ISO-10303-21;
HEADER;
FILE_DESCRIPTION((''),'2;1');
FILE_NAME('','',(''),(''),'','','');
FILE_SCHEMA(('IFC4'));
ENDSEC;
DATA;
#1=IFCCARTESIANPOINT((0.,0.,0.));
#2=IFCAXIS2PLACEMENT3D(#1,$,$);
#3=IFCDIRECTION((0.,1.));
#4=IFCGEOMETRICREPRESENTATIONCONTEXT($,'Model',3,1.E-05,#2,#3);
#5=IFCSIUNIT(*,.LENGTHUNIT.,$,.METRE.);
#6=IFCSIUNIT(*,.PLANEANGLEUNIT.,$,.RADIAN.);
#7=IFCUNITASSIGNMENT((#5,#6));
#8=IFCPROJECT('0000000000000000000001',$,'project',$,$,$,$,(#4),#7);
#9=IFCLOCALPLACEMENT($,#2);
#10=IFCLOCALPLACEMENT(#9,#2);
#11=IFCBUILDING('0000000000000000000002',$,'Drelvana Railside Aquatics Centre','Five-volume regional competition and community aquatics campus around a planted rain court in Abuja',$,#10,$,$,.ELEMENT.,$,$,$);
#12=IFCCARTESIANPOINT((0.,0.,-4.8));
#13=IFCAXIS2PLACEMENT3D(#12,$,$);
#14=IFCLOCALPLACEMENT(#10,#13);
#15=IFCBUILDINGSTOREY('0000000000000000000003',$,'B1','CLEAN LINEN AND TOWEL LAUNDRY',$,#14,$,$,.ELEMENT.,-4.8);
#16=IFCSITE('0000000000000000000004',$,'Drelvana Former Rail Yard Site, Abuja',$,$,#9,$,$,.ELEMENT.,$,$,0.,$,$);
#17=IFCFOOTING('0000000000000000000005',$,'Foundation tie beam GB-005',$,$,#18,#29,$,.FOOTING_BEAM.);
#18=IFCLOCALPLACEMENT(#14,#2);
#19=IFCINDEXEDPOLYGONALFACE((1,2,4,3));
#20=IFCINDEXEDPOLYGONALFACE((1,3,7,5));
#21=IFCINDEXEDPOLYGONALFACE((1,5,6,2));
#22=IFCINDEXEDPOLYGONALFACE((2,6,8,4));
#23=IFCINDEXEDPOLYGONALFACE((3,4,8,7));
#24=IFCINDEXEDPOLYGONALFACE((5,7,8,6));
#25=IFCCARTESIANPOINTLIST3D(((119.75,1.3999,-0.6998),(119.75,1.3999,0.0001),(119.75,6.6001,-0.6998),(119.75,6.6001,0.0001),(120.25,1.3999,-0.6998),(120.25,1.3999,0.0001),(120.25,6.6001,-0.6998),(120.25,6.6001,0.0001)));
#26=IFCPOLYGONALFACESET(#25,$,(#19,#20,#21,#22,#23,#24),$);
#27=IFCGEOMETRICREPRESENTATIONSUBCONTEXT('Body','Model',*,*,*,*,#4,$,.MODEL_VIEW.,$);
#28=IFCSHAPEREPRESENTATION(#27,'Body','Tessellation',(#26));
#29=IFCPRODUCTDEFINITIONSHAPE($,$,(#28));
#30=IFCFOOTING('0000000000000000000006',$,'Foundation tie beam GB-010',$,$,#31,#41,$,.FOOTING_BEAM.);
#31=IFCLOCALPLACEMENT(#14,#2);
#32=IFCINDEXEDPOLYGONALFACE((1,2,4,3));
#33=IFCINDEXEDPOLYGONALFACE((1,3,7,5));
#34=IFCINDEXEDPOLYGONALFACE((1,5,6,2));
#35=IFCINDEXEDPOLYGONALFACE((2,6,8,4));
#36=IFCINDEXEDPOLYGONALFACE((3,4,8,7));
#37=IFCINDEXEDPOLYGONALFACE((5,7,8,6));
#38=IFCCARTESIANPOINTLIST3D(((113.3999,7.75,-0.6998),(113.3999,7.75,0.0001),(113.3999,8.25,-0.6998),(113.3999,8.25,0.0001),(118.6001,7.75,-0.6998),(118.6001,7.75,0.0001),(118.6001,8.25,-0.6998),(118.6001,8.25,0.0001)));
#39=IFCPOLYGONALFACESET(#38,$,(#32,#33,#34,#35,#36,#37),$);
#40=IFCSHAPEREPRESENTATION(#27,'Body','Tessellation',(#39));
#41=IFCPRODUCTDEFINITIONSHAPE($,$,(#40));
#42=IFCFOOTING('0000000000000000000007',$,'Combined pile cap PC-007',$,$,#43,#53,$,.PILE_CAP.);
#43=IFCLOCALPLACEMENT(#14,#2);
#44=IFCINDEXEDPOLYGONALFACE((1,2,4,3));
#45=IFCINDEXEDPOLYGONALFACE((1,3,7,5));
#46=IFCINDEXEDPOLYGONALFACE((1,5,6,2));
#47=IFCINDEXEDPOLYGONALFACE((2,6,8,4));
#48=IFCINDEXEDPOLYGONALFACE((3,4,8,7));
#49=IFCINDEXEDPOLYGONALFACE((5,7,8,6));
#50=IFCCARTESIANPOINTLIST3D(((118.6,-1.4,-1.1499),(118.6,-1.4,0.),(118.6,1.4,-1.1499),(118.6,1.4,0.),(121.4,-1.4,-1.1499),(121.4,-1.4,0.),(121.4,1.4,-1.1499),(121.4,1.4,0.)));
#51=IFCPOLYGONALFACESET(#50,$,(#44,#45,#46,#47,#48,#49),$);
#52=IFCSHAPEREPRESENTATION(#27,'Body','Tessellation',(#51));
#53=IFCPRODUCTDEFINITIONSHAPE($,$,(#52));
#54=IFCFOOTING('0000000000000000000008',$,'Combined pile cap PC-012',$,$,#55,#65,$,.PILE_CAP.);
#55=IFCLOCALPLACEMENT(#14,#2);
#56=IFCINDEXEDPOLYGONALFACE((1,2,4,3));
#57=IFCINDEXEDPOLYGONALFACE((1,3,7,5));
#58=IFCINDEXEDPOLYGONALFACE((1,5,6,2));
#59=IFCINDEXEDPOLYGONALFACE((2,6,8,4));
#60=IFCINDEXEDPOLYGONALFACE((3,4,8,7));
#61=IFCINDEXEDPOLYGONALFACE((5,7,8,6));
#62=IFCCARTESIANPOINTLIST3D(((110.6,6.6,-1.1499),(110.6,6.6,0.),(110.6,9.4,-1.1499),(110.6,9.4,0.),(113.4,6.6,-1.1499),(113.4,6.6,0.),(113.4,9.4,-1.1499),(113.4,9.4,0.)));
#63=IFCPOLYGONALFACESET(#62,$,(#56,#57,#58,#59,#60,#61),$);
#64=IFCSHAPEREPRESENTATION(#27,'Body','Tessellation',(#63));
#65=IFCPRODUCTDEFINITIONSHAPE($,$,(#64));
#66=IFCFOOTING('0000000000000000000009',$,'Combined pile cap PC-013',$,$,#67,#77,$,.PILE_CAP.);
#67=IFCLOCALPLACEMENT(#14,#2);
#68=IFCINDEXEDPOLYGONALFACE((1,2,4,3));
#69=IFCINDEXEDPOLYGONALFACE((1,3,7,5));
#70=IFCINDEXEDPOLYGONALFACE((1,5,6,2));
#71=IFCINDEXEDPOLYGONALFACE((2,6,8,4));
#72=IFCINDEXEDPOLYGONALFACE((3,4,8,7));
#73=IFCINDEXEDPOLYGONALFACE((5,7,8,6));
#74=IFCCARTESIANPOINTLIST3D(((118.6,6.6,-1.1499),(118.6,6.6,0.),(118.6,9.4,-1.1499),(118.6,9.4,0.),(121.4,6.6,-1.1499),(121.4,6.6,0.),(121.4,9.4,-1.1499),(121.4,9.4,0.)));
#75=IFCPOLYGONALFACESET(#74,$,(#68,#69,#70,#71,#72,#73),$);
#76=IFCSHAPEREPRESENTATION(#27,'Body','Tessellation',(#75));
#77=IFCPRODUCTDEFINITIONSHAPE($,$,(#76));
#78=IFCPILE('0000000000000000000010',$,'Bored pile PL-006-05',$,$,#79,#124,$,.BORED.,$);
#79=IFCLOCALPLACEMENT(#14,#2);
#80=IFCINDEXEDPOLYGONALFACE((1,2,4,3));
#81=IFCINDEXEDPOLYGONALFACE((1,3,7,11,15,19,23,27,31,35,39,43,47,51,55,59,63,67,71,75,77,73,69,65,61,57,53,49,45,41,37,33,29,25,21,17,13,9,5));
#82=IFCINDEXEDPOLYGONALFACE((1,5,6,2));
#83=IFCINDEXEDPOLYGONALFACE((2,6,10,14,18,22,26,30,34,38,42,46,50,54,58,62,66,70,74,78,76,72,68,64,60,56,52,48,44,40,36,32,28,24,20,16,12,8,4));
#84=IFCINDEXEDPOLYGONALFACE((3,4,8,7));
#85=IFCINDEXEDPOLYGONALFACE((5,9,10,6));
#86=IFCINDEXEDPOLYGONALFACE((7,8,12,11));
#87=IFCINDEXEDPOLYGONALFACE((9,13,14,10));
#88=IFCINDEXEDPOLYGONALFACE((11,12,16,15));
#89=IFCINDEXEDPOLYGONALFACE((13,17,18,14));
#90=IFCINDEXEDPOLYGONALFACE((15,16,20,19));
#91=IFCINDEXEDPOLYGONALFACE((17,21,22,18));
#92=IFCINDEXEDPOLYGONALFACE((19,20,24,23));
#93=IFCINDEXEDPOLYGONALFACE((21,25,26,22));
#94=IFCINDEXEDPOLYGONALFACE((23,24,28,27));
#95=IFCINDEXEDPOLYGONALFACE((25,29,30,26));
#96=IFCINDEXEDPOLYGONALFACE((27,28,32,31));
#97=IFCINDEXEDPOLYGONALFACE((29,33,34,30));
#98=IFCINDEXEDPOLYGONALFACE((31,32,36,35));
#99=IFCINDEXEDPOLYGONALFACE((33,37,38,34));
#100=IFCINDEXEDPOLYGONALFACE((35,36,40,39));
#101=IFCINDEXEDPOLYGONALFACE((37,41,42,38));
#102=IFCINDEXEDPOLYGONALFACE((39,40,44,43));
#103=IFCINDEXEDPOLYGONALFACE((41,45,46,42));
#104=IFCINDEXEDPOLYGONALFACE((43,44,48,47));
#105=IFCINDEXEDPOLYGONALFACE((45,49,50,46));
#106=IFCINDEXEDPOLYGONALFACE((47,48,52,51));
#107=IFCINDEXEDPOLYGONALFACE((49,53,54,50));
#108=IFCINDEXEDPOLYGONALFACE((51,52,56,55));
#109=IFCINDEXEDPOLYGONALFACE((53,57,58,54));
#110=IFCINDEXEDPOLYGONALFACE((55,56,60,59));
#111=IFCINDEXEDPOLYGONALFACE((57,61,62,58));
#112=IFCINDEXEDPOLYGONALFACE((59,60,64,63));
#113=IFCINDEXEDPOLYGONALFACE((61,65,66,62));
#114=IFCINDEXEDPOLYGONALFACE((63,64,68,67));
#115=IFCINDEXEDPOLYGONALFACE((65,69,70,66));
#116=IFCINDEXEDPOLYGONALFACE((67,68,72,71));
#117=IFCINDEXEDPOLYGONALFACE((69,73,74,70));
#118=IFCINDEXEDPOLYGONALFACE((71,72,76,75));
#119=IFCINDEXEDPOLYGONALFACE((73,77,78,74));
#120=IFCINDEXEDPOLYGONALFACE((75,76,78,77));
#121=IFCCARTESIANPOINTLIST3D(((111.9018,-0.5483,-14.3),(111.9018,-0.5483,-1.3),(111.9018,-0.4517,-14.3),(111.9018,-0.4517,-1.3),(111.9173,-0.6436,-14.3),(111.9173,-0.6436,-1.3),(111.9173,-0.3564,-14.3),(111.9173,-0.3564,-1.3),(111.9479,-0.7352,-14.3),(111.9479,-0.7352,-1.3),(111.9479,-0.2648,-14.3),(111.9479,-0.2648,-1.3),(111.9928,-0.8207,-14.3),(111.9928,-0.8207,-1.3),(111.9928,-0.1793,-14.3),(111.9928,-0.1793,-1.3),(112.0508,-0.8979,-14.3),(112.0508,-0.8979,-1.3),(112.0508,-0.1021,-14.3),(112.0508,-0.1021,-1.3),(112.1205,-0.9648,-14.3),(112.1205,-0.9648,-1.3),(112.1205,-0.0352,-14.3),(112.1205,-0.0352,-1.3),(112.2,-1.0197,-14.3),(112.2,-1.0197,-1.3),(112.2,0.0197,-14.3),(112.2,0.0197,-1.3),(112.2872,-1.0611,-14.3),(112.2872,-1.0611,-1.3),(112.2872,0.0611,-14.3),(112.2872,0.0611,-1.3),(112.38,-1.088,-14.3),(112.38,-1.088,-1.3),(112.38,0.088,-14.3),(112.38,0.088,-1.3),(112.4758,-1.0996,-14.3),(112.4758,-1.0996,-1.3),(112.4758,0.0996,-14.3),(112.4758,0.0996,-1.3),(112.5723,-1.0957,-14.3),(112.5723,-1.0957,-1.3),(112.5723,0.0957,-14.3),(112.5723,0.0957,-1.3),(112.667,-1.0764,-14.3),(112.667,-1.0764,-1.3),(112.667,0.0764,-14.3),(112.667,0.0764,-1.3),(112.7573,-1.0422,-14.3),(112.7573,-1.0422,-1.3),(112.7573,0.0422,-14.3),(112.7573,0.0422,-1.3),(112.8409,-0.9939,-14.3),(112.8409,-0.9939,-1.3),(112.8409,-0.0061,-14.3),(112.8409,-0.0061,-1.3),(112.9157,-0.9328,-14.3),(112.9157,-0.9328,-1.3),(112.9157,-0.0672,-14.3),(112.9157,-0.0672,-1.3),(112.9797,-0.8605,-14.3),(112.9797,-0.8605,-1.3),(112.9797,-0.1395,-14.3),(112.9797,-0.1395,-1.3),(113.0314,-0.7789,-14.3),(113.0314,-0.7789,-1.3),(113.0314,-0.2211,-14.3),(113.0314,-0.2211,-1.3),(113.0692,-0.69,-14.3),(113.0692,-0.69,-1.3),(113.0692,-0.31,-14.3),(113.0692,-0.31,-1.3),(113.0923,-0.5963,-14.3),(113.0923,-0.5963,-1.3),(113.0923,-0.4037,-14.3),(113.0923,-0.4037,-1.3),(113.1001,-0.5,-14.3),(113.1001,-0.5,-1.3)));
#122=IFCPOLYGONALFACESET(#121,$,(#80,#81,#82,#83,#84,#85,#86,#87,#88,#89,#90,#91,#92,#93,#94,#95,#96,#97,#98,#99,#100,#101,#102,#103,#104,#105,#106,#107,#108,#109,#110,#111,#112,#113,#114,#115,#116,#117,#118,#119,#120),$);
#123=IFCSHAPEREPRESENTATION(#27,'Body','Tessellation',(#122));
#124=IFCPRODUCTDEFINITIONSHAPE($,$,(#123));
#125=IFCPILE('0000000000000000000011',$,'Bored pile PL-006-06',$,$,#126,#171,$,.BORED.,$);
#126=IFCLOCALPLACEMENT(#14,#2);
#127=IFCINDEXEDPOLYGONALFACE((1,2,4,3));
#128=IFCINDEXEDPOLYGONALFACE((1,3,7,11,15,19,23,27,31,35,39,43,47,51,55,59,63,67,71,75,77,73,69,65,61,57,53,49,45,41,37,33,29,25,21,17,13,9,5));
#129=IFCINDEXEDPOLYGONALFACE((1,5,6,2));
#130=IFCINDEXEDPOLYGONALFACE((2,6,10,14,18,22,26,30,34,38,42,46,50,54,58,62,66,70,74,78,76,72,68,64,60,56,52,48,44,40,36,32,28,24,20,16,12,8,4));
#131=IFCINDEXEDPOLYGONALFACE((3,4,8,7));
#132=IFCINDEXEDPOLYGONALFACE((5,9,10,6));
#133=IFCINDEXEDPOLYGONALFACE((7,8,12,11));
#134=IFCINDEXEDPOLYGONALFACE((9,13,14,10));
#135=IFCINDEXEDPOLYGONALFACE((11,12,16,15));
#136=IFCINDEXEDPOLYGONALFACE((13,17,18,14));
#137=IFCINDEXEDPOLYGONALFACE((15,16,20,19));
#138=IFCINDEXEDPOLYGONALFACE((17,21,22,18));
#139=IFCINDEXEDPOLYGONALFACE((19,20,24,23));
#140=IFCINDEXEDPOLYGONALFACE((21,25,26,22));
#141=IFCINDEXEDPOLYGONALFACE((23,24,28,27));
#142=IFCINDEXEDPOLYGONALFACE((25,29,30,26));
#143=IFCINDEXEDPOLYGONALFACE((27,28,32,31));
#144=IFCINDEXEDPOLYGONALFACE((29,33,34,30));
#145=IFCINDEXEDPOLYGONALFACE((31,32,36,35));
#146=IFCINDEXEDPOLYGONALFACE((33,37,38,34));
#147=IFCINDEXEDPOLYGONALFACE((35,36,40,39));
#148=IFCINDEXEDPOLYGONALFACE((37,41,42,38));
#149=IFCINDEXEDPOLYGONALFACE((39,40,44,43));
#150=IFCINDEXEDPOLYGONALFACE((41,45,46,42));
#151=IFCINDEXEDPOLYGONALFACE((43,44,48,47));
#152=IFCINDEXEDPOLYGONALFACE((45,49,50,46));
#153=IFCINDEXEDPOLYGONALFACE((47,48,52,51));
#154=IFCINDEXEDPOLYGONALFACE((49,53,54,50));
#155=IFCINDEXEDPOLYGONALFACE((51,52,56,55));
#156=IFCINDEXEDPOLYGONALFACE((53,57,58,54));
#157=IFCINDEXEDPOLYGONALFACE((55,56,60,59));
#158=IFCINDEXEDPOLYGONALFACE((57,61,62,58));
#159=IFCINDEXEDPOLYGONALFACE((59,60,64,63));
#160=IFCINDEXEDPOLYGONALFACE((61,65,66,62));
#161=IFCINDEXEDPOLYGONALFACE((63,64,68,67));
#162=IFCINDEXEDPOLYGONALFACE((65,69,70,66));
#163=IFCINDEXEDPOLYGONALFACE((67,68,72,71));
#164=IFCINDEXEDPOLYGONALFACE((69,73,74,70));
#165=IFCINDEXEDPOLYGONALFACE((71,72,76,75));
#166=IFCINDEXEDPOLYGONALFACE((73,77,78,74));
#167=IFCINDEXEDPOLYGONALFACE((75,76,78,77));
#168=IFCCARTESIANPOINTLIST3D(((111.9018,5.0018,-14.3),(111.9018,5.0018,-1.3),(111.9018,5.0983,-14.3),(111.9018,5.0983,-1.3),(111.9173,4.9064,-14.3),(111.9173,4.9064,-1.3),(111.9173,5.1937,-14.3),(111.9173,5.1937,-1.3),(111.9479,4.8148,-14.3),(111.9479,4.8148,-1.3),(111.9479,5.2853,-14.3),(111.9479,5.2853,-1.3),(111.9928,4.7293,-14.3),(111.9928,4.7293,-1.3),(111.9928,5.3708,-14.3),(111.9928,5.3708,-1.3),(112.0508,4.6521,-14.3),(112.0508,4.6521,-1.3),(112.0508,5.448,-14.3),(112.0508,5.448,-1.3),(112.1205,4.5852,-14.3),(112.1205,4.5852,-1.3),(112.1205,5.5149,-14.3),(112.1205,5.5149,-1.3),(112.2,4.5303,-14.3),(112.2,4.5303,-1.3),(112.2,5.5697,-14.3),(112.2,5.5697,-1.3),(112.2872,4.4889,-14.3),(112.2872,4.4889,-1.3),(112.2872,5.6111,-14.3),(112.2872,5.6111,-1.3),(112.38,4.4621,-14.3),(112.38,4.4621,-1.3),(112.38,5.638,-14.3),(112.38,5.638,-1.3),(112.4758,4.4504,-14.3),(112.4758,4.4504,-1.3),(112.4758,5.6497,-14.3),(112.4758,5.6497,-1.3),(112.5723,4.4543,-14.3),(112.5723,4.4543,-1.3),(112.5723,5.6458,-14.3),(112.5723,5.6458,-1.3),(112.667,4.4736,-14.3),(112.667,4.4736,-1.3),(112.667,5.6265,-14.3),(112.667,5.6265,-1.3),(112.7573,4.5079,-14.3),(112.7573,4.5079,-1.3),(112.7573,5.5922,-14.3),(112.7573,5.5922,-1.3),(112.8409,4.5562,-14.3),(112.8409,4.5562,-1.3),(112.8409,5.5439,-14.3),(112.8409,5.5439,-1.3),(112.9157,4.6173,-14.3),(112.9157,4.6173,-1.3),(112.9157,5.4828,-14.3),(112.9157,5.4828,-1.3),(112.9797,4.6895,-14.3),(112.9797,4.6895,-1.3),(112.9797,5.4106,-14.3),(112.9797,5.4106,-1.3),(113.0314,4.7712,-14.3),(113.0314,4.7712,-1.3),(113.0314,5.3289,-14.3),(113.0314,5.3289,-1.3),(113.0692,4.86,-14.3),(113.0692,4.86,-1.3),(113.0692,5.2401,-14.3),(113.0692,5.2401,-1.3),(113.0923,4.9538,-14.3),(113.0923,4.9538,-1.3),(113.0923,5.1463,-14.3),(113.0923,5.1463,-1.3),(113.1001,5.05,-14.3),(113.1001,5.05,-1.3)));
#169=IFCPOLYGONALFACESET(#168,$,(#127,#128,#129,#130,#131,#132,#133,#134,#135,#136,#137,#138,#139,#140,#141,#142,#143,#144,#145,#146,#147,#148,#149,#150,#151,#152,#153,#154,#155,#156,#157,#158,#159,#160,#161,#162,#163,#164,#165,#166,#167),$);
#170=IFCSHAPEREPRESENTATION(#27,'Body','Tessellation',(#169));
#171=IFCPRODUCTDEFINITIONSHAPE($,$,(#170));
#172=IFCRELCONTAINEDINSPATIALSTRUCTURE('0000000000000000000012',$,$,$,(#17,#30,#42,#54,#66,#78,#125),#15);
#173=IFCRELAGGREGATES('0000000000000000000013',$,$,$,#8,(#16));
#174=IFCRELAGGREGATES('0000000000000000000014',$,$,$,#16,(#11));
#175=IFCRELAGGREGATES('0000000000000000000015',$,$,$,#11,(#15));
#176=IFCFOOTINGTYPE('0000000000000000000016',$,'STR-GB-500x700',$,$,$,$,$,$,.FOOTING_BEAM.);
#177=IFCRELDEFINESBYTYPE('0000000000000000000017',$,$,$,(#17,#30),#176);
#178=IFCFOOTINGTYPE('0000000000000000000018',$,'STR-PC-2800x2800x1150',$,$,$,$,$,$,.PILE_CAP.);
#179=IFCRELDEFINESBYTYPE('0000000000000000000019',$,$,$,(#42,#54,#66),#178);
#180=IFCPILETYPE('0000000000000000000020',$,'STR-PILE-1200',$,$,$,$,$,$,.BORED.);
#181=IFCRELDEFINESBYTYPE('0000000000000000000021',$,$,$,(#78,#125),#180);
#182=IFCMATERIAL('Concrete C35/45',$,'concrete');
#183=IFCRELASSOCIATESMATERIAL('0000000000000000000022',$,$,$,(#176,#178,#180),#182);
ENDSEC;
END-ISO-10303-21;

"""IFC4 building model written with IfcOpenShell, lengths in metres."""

from ifc_helpers import new_model, si_unit, direction, frame, origin, origin_2d, place, context, subcontext, project, spatial, rectangle, circle, extrude, material, material_profile, profile_set, type_object, element, save


model = new_model("IFC4")

# Units and contexts
model_context = context("Model", 3, precision=1e-05, world=origin(), true_north=direction((0.0, 1.0)))
body_context = subcontext(model_context, "Body", "Model", "MODEL_VIEW")
ifc_project = project(units=[si_unit("LENGTHUNIT", "METRE"), si_unit("PLANEANGLEUNIT", "RADIAN")], contexts=[model_context])

# Site, building, storey
site_placement = place(None, origin())
site = spatial("IfcSite", under=ifc_project, at=site_placement, Name="Drelvana Former Rail Yard Site, Abuja", CompositionType="ELEMENT", RefElevation=0.0)
building_placement = place(site_placement, origin())
building = spatial("IfcBuilding", under=site, at=building_placement, Name="Drelvana Railside Aquatics Centre", Description="Five-volume regional competition and community aquatics campus around a planted rain court in Abuja", CompositionType="ELEMENT")
storey_placement = place(building_placement, frame((0.0, 0.0, -4.8)))
storey = spatial("IfcBuildingStorey", under=building, at=storey_placement, Name="B1", Description="CLEAN LINEN AND TOWEL LAUNDRY", CompositionType="ELEMENT", Elevation=-4.8)

# Footings
ifc_material_1 = material(Name="Concrete C35/45", Category="concrete")
ifc_material_profile_1 = material_profile(ifc_material_1, rectangle(XDim=0.5, YDim=0.7, at=origin_2d()), Name="GB 500x700")
ifc_profile_set_1 = profile_set([ifc_material_profile_1], Name="Concrete C35/45")
footing_type_1 = type_object("IfcFootingType", Name="STR-GB-500x700", PredefinedType="FOOTING_BEAM", material=ifc_profile_set_1)
for number, where, z_axis, x_axis, name in (
    (1, (120.0, 1.3999, -0.3499), (0.0, 1.0, 0.0), (-1.0, 0.0, 0.0), "Foundation tie beam GB-005"),
    (2, (113.3999, 8.0, -0.3499), (1.0, 0.0, 0.0), (0.0, 1.0, 0.0), "Foundation tie beam GB-010"),
):
    element("IfcFooting", number, at=place(storey_placement, frame(where, z_axis=z_axis, x_axis=x_axis)), inside=storey, type_object=footing_type_1, Name=name, PredefinedType="FOOTING_BEAM", context=body_context, shape_type="SweptSolid", body=[
        extrude(rectangle(XDim=0.5, YDim=0.7, at=origin_2d()), origin(), (0.0, 0.0, 1.0), 5.2002),
    ])
footing_type_2 = type_object("IfcFootingType", Name="STR-PC-2800x2800x1150", PredefinedType="PILE_CAP", material=ifc_material_1)
for number, where, z_axis, x_axis, name in (
    (3, (120.0, 0.0, -1.1499), (0.0, 0.0, 1.0), (1.0, 0.0, 0.0), "Combined pile cap PC-007"),
    (4, (112.0, 8.0, -1.1499), (0.0, 0.0, 1.0), (1.0, 0.0, 0.0), "Combined pile cap PC-012"),
    (5, (120.0, 8.0, -1.1499), (0.0, 0.0, 1.0), (1.0, 0.0, 0.0), "Combined pile cap PC-013"),
):
    element("IfcFooting", number, at=place(storey_placement, frame(where, z_axis=z_axis, x_axis=x_axis)), inside=storey, type_object=footing_type_2, Name=name, PredefinedType="PILE_CAP", context=body_context, shape_type="SweptSolid", body=[
        extrude(rectangle(XDim=2.8, YDim=2.8, at=origin_2d()), origin(), (0.0, 0.0, 1.0), 1.1499),
    ])

# Piles
ifc_material_profile_2 = material_profile(ifc_material_1, circle(Radius=0.6001, at=origin_2d()), Name="PILE D1200")
ifc_profile_set_2 = profile_set([ifc_material_profile_2], Name="Concrete C35/45")
pile_type_1 = type_object("IfcPileType", Name="STR-PILE-1200", PredefinedType="BORED", material=ifc_profile_set_2)
for number, where, z_axis, x_axis, name in (
    (6, (112.5, -0.5, -1.3), (0.0, 0.0, -1.0), (1.0, 0.0, 0.0), "Bored pile PL-006-05"),
    (7, (112.5, 5.05, -1.3), (0.0, 0.0, -1.0), (1.0, 0.0, 0.0), "Bored pile PL-006-06"),
):
    element("IfcPile", number, at=place(storey_placement, frame(where, z_axis=z_axis, x_axis=x_axis)), inside=storey, type_object=pile_type_1, Name=name, PredefinedType="BORED", context=body_context, shape_type="SweptSolid", body=[
        extrude(circle(Radius=0.6001, at=origin_2d()), origin(), (0.0, 0.0, 1.0), 13.0),
    ])

save(model, "model.ifc")
